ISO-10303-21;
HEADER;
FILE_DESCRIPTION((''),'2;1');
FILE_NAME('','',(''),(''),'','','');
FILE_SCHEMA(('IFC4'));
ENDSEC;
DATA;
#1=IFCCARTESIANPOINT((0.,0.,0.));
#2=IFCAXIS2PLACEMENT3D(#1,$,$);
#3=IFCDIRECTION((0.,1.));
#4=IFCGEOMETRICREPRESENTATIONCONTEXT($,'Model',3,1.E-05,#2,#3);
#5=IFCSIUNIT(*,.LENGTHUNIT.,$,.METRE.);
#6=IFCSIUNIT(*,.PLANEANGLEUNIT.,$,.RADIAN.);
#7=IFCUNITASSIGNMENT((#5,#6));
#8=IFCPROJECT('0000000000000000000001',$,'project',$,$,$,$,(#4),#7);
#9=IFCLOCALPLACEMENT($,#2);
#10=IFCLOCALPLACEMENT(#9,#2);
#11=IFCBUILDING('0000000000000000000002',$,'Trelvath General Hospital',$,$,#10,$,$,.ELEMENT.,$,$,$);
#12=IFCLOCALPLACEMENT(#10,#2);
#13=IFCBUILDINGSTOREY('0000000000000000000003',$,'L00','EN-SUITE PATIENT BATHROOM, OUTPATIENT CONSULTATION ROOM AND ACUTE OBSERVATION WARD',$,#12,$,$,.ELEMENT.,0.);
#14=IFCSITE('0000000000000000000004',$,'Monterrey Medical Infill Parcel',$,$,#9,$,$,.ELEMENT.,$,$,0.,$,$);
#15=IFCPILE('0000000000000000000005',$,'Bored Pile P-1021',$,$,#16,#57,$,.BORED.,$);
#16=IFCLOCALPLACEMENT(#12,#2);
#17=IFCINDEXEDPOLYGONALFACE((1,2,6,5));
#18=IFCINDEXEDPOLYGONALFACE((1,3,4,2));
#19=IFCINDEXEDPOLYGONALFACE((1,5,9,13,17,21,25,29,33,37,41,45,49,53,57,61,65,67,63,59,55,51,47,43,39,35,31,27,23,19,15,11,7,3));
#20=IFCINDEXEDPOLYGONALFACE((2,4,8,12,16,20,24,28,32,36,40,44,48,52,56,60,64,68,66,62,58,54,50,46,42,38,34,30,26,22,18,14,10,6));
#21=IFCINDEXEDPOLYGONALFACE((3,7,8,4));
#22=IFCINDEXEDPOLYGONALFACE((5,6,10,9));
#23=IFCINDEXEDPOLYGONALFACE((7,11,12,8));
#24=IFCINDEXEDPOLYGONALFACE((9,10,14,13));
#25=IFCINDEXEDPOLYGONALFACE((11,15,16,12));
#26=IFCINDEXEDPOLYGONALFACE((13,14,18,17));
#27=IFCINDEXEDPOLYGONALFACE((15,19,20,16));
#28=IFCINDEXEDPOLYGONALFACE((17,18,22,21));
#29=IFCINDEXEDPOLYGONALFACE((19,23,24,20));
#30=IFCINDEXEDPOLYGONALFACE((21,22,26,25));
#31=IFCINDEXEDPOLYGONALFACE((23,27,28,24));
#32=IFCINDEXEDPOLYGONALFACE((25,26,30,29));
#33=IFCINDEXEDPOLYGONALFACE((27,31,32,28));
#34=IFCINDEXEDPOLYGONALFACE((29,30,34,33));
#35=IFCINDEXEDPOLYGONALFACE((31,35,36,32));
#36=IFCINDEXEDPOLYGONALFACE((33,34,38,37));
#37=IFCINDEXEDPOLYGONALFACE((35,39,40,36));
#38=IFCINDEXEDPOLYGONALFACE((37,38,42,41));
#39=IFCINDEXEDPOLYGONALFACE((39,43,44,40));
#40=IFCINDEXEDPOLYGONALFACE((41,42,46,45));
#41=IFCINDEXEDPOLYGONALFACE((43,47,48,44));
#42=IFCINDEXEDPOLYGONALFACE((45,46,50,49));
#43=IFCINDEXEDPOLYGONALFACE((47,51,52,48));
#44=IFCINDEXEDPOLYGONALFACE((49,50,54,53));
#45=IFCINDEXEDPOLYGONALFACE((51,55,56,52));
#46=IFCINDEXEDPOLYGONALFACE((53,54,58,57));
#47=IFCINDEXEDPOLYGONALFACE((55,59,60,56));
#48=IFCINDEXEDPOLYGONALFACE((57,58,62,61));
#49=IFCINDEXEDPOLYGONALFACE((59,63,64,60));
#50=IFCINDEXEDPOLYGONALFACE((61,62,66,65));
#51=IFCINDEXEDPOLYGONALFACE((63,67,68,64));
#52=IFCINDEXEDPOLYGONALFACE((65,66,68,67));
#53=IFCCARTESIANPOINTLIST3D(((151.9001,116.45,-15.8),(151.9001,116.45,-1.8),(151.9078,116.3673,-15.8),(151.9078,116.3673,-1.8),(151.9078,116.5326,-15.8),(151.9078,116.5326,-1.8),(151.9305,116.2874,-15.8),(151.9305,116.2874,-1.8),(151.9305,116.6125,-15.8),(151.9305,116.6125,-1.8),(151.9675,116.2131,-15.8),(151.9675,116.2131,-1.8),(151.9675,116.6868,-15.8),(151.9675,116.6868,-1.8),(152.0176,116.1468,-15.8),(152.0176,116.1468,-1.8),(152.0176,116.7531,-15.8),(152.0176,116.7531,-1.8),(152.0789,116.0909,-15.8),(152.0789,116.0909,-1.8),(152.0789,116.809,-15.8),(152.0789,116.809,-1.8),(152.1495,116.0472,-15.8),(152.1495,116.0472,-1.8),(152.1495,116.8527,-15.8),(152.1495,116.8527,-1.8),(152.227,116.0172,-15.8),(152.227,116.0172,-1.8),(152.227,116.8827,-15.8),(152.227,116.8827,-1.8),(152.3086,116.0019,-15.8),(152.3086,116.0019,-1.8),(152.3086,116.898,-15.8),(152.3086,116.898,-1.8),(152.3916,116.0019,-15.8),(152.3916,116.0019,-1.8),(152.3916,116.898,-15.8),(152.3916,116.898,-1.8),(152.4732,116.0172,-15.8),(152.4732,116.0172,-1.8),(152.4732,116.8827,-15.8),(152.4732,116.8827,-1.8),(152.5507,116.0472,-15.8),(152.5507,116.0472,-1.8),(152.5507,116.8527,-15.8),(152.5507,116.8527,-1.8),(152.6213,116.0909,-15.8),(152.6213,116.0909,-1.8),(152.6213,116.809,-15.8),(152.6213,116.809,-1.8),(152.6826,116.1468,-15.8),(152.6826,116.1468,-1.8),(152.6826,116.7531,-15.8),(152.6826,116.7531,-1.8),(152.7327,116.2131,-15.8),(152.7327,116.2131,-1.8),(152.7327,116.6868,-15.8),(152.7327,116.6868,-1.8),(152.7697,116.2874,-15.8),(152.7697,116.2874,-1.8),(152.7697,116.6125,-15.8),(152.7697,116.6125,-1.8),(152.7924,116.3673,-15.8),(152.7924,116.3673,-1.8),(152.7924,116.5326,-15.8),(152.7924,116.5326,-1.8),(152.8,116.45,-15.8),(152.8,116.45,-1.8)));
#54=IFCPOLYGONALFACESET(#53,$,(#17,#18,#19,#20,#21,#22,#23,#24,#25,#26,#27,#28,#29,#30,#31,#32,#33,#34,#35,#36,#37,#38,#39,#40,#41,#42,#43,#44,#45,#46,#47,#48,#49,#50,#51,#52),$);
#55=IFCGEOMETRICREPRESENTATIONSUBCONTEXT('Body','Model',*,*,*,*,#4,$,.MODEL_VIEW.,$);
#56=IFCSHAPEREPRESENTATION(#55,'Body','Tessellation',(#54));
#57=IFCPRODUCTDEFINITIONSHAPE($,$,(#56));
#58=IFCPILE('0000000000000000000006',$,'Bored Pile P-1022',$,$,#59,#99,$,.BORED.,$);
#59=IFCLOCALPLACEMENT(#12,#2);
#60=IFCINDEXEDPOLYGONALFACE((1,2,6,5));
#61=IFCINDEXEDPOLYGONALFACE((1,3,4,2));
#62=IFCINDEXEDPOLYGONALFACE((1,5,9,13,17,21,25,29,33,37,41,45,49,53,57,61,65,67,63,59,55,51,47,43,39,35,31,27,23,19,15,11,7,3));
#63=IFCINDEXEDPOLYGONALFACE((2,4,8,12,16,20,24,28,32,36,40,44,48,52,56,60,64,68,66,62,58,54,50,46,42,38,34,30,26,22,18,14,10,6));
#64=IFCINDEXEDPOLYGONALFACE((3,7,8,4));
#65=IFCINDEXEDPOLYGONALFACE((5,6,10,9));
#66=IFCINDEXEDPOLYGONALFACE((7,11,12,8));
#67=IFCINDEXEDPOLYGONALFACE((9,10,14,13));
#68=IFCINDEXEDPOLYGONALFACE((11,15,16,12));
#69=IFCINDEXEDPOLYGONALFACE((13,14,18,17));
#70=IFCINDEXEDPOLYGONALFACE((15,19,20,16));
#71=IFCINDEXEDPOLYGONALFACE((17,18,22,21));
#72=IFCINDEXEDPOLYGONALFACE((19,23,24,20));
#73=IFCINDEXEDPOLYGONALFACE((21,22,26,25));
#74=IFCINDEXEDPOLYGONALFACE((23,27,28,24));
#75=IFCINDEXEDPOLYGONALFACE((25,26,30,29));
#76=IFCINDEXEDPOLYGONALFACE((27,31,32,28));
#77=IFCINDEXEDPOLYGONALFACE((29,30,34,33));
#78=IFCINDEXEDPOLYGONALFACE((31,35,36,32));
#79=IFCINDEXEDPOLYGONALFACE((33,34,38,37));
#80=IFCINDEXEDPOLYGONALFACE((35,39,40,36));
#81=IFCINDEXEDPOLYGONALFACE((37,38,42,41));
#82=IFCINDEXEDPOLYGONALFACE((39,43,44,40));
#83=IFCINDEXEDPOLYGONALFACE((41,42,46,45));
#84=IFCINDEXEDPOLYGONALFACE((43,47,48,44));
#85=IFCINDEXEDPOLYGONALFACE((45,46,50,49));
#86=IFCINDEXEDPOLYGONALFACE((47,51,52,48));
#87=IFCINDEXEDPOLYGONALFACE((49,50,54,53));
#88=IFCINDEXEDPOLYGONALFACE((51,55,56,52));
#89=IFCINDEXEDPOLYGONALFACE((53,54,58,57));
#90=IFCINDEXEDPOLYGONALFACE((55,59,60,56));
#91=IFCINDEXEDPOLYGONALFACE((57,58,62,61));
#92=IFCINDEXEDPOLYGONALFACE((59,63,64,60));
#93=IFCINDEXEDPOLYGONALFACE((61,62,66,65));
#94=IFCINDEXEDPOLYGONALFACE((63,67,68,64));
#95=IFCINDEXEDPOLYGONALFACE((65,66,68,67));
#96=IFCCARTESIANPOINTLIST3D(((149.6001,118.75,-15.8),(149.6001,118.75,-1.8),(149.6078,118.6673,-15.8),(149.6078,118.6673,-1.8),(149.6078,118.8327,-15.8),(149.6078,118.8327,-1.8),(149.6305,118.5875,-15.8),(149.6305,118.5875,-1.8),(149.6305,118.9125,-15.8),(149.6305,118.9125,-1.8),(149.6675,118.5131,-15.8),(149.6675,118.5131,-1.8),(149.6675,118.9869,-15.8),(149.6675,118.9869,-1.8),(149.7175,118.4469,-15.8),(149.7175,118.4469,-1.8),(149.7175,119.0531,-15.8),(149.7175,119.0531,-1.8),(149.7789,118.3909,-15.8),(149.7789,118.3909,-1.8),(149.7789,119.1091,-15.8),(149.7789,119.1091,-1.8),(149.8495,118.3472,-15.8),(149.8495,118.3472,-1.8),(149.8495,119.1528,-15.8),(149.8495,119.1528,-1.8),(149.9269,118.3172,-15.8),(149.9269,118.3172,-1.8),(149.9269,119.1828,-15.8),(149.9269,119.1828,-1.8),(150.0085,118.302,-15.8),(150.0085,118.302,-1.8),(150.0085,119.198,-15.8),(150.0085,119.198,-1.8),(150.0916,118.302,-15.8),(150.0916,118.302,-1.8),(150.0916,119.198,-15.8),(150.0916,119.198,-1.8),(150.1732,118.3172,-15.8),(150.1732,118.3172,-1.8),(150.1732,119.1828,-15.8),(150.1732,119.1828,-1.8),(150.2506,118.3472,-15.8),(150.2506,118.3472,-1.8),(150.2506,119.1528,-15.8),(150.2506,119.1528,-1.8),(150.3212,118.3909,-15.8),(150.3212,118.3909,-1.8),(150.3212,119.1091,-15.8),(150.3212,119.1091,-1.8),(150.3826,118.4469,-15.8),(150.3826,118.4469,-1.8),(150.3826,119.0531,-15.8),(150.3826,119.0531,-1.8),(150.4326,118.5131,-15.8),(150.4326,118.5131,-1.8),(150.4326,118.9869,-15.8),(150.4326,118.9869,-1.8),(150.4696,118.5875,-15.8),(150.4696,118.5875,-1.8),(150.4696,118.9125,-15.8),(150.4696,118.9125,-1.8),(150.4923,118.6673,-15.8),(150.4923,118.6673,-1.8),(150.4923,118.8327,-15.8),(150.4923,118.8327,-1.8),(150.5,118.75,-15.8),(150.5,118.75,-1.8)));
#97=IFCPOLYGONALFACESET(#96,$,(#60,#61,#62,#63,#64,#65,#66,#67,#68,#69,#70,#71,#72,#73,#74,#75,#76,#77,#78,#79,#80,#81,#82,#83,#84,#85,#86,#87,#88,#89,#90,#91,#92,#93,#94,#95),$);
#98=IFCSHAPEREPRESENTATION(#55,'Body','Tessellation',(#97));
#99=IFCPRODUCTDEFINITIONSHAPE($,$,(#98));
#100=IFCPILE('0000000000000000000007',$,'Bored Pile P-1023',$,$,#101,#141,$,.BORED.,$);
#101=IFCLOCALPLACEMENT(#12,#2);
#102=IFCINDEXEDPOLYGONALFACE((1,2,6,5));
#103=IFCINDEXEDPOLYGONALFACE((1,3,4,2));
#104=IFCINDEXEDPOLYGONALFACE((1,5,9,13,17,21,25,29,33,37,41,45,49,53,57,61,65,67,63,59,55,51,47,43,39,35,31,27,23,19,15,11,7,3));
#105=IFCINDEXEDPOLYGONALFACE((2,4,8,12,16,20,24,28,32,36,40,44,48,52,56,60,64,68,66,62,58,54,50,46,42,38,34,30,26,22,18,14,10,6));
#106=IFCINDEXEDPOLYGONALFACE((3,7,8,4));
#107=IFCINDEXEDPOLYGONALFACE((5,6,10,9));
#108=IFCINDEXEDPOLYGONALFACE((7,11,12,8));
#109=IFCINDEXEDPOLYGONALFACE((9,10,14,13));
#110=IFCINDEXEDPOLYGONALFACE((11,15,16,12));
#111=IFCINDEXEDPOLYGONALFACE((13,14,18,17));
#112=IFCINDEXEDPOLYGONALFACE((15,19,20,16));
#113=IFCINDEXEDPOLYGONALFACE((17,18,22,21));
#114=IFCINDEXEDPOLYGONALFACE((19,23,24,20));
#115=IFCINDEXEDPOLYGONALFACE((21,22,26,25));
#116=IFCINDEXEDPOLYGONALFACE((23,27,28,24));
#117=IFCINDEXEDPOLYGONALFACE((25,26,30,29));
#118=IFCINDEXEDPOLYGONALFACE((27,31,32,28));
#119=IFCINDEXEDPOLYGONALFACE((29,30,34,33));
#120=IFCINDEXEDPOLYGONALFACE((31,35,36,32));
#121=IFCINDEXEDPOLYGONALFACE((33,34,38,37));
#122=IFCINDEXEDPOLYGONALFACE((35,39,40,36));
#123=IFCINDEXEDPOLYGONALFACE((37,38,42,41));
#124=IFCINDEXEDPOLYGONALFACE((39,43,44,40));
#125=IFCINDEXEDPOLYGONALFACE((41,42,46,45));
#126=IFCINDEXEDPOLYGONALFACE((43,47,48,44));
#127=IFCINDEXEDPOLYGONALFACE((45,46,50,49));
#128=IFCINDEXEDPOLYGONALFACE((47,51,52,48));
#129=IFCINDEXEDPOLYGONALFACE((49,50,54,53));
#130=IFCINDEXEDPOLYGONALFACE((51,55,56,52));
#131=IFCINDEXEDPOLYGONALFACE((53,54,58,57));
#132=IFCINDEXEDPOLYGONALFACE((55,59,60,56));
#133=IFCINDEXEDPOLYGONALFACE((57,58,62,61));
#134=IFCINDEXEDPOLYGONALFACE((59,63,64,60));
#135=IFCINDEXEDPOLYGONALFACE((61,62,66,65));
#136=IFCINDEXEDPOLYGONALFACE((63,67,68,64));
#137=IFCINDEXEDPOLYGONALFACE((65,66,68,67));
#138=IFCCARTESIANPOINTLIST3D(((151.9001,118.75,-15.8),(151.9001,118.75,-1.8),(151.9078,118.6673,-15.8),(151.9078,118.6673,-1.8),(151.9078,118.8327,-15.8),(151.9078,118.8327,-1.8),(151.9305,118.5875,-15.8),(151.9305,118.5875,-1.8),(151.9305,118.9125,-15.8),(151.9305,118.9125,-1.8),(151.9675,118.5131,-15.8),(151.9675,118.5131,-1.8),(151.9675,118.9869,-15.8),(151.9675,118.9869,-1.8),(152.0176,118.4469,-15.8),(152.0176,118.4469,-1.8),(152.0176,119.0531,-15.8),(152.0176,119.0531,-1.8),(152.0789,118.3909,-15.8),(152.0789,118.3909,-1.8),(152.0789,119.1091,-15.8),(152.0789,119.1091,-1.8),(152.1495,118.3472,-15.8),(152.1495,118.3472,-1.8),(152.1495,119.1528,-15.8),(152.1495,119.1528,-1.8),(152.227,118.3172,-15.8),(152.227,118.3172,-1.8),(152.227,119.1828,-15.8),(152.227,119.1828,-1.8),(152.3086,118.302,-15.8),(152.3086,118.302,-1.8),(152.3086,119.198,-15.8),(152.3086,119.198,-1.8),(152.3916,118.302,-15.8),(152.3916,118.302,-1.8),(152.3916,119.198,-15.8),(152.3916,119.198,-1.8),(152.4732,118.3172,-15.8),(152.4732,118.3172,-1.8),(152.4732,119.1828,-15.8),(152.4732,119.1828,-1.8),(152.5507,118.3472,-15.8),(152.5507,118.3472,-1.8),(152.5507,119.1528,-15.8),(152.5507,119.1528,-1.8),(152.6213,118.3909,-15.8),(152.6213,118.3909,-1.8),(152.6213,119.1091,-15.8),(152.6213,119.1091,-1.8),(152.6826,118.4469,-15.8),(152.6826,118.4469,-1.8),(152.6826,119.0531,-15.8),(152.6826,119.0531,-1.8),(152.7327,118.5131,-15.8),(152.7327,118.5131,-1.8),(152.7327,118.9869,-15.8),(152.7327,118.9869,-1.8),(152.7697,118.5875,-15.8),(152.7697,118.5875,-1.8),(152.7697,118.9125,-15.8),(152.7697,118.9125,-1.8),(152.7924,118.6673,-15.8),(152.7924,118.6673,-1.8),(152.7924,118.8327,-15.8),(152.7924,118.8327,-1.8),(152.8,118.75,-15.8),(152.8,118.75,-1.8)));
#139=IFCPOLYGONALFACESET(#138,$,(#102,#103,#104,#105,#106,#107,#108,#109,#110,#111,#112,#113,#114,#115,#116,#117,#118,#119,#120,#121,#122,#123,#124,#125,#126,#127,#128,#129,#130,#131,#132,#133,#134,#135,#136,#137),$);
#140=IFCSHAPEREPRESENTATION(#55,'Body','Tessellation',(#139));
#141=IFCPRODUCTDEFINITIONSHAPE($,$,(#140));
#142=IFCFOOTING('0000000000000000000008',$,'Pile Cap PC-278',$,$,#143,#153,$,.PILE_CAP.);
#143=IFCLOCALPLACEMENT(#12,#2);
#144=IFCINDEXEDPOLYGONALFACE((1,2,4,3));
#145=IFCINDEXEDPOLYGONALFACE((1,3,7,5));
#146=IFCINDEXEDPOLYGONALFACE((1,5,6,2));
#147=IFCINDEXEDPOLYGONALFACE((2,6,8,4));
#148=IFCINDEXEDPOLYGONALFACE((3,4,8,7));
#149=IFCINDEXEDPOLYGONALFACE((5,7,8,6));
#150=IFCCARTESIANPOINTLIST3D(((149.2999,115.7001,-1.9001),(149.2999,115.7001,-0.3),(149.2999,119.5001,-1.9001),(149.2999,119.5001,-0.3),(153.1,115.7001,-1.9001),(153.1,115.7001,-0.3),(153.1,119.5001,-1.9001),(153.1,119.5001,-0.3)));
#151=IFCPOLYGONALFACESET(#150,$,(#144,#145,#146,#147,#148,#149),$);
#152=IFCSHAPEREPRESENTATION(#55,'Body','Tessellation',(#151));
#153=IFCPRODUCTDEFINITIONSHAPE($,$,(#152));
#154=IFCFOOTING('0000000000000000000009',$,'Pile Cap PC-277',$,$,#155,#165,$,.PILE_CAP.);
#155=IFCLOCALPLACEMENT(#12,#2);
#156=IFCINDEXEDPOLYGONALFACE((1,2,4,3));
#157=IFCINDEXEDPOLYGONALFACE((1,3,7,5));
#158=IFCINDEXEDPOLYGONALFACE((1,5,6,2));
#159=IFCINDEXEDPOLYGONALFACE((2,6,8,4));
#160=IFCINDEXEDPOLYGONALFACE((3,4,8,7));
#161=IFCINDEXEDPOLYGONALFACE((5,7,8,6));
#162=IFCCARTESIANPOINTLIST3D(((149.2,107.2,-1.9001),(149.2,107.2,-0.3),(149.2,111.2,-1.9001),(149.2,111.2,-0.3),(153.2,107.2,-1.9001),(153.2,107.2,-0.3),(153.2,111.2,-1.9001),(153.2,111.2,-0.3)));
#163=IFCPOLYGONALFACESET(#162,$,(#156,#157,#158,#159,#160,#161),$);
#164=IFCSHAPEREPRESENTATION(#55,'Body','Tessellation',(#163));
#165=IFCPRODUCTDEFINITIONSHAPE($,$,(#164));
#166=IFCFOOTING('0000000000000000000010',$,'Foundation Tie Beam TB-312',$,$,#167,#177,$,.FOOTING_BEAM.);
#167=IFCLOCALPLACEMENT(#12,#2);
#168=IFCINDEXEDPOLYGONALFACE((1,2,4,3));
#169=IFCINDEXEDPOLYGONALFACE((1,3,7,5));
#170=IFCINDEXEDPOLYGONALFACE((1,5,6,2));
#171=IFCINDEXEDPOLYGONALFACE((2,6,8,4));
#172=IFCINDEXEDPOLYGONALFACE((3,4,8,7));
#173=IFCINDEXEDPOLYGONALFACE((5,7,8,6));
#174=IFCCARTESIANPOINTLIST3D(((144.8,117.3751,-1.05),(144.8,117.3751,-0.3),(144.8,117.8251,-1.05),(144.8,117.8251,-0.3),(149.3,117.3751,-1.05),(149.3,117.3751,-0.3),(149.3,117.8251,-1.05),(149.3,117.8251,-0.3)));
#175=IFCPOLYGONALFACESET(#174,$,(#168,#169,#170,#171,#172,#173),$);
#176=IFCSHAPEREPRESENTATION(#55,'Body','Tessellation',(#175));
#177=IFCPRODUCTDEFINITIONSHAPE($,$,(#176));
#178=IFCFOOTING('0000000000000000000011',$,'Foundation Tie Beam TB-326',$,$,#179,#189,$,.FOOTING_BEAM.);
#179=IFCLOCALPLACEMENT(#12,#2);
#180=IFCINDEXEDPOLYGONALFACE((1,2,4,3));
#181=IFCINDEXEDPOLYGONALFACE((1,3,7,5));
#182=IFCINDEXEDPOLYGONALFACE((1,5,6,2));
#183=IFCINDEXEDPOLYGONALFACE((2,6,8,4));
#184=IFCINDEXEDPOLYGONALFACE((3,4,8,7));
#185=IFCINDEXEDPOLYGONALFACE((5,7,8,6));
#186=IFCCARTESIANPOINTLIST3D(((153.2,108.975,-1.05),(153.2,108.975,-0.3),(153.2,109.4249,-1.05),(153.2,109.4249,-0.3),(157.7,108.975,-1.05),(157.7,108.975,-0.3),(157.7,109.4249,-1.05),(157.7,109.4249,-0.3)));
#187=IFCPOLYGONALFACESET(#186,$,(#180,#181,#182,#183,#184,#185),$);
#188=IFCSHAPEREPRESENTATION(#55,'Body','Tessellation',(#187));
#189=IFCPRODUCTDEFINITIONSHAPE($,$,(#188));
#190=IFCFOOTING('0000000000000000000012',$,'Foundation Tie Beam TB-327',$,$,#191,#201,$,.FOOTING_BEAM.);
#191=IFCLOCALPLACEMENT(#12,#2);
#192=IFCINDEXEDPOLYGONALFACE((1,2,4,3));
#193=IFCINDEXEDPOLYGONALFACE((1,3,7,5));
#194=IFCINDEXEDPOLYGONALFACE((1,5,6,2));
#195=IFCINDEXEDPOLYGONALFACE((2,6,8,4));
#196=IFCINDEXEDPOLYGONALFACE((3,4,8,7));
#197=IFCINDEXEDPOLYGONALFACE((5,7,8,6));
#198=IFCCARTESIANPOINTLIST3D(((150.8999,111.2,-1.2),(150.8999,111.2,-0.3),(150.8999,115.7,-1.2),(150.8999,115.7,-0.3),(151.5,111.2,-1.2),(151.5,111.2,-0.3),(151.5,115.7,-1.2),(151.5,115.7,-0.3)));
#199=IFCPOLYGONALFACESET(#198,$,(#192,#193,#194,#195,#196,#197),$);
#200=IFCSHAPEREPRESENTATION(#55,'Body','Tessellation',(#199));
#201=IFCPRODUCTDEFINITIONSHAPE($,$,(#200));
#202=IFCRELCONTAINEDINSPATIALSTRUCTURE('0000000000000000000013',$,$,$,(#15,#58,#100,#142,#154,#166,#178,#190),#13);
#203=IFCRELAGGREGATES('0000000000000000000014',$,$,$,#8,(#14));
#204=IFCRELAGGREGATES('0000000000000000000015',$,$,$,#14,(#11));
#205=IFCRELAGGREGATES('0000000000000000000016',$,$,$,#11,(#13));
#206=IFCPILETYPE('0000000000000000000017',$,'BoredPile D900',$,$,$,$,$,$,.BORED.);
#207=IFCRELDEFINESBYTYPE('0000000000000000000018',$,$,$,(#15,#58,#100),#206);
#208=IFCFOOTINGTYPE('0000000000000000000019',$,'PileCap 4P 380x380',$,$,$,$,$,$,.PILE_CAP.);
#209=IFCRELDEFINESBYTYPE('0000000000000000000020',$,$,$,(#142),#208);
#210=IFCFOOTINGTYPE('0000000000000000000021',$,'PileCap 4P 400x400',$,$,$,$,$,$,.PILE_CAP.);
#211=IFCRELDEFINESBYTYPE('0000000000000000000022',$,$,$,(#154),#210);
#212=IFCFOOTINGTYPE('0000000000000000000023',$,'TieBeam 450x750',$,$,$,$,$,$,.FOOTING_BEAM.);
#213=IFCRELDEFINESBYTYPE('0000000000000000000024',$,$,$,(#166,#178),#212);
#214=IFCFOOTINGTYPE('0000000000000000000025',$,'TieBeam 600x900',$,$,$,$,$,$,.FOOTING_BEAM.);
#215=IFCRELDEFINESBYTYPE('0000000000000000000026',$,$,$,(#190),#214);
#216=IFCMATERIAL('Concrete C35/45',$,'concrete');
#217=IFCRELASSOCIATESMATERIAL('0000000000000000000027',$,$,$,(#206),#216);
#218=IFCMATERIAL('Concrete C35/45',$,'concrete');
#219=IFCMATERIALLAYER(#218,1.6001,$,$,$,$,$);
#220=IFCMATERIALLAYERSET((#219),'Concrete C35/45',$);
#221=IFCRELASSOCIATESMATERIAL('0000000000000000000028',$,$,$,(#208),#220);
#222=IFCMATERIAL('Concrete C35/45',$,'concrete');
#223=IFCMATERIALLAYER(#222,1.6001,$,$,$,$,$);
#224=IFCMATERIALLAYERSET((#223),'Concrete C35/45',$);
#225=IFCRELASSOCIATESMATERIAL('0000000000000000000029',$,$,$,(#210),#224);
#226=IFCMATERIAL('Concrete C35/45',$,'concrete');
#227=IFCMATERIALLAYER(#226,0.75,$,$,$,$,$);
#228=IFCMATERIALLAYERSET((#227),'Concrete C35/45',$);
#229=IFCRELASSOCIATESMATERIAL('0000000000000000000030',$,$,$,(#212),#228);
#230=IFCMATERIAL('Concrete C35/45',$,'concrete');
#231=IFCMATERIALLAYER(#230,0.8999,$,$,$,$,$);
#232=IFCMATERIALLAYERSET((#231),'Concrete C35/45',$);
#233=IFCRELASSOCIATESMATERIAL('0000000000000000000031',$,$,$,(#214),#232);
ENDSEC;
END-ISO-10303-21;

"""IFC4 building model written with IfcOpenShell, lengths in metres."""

from ifc_helpers import new_model, si_unit, direction, frame, origin, origin_2d, place, context, subcontext, project, spatial, rectangle, circle, extrude, material, layer, layer_set, material_profile, profile_set, type_object, element, save


model = new_model("IFC4")

# Units and contexts
model_context = context("Model", 3, precision=1e-05, world=origin(), true_north=direction((0.0, 1.0)))
body_context = subcontext(model_context, "Body", "Model", "MODEL_VIEW")
ifc_project = project(units=[si_unit("LENGTHUNIT", "METRE"), si_unit("PLANEANGLEUNIT", "RADIAN")], contexts=[model_context])

# Site, building, storey
site_placement = place(None, origin())
site = spatial("IfcSite", under=ifc_project, at=site_placement, Name="Monterrey Medical Infill Parcel", CompositionType="ELEMENT", RefElevation=0.0)
building_placement = place(site_placement, origin())
building = spatial("IfcBuilding", under=site, at=building_placement, Name="Trelvath General Hospital", CompositionType="ELEMENT")
storey_placement = place(building_placement, origin())
storey = spatial("IfcBuildingStorey", under=building, at=storey_placement, Name="L00", Description="EN-SUITE PATIENT BATHROOM, OUTPATIENT CONSULTATION ROOM AND ACUTE OBSERVATION WARD", CompositionType="ELEMENT", Elevation=0.0)

# Piles
ifc_material_1 = material(Name="Concrete C35/45", Category="concrete")
ifc_material_profile_1 = material_profile(ifc_material_1, circle(Radius=0.45, at=origin_2d()), Name="PILE900")
ifc_profile_set_1 = profile_set([ifc_material_profile_1], Name="Concrete C35/45")
pile_type_1 = type_object("IfcPileType", Name="BoredPile D900", PredefinedType="BORED", material=ifc_profile_set_1)
for number, where, z_axis, x_axis, name in (
    (1, (152.3501, 116.45, -1.8), (0.0, 0.0, -1.0), (1.0, 0.0, 0.0), "Bored Pile P-1021"),
    (2, (150.05, 118.75, -1.8), (0.0, 0.0, -1.0), (1.0, 0.0, 0.0), "Bored Pile P-1022"),
    (3, (152.3501, 118.75, -1.8), (0.0, 0.0, -1.0), (1.0, 0.0, 0.0), "Bored Pile P-1023"),
):
    element("IfcPile", number, at=place(storey_placement, frame(where, z_axis=z_axis, x_axis=x_axis)), inside=storey, type_object=pile_type_1, Name=name, PredefinedType="BORED", context=body_context, shape_type="SweptSolid", body=[
        extrude(circle(Radius=0.45, at=origin_2d()), origin(), (0.0, 0.0, 1.0), 14.0),
    ])

# Footings
ifc_material_2 = material(Name="Concrete C35/45", Category="concrete")
ifc_layer_1 = layer(ifc_material_2, 1.6001)
ifc_layer_set_1 = layer_set([ifc_layer_1], Name="Concrete C35/45")
footing_type_1 = type_object("IfcFootingType", Name="PileCap 4P 380x380", PredefinedType="PILE_CAP", material=ifc_layer_set_1)
footing_1_placement = place(storey_placement, frame((151.2, 117.6001, -1.9001), z_axis=(0.0, 0.0, 1.0), x_axis=(1.0, 0.0, 0.0)))
element("IfcFooting", 4, at=footing_1_placement, inside=storey, type_object=footing_type_1, Name="Pile Cap PC-278", PredefinedType="PILE_CAP", context=body_context, shape_type="SweptSolid", body=[
    extrude(rectangle(XDim=3.8, YDim=3.8, at=origin_2d()), origin(), (0.0, 0.0, 1.0), 1.6001),
])
ifc_material_3 = material(Name="Concrete C35/45", Category="concrete")
ifc_layer_2 = layer(ifc_material_3, 1.6001)
ifc_layer_set_2 = layer_set([ifc_layer_2], Name="Concrete C35/45")
footing_type_2 = type_object("IfcFootingType", Name="PileCap 4P 400x400", PredefinedType="PILE_CAP", material=ifc_layer_set_2)
footing_2_placement = place(storey_placement, frame((151.2, 109.2, -1.9001), z_axis=(0.0, 0.0, 1.0), x_axis=(1.0, 0.0, 0.0)))
element("IfcFooting", 5, at=footing_2_placement, inside=storey, type_object=footing_type_2, Name="Pile Cap PC-277", PredefinedType="PILE_CAP", context=body_context, shape_type="SweptSolid", body=[
    extrude(rectangle(XDim=4.0, YDim=4.0, at=origin_2d()), origin(), (0.0, 0.0, 1.0), 1.6001),
])
ifc_material_4 = material(Name="Concrete C35/45", Category="concrete")
ifc_layer_3 = layer(ifc_material_4, 0.75)
ifc_layer_set_3 = layer_set([ifc_layer_3], Name="Concrete C35/45")
footing_type_3 = type_object("IfcFootingType", Name="TieBeam 450x750", PredefinedType="FOOTING_BEAM", material=ifc_layer_set_3)
for number, where, z_axis, x_axis, name in (
    (6, (147.05, 117.6001, -1.05), (0.0, 0.0, 1.0), (1.0, 0.0, 0.0), "Foundation Tie Beam TB-312"),
    (7, (155.45, 109.2, -1.05), (0.0, 0.0, 1.0), (1.0, 0.0, 0.0), "Foundation Tie Beam TB-326"),
):
    element("IfcFooting", number, at=place(storey_placement, frame(where, z_axis=z_axis, x_axis=x_axis)), inside=storey, type_object=footing_type_3, Name=name, PredefinedType="FOOTING_BEAM", context=body_context, shape_type="SweptSolid", body=[
        extrude(rectangle(XDim=4.5, YDim=0.45, at=origin_2d()), origin(), (0.0, 0.0, 1.0), 0.75),
    ])
ifc_material_5 = material(Name="Concrete C35/45", Category="concrete")
ifc_layer_4 = layer(ifc_material_5, 0.8999)
ifc_layer_set_4 = layer_set([ifc_layer_4], Name="Concrete C35/45")
footing_type_4 = type_object("IfcFootingType", Name="TieBeam 600x900", PredefinedType="FOOTING_BEAM", material=ifc_layer_set_4)
footing_3_placement = place(storey_placement, frame((151.2, 113.45, -1.2), z_axis=(0.0, 0.0, 1.0), x_axis=(1.0, 0.0, 0.0)))
element("IfcFooting", 8, at=footing_3_placement, inside=storey, type_object=footing_type_4, Name="Foundation Tie Beam TB-327", PredefinedType="FOOTING_BEAM", context=body_context, shape_type="SweptSolid", body=[
    extrude(rectangle(XDim=0.6001, YDim=4.5, at=origin_2d()), origin(), (0.0, 0.0, 1.0), 0.8999),
])

save(model, "model.ifc")
